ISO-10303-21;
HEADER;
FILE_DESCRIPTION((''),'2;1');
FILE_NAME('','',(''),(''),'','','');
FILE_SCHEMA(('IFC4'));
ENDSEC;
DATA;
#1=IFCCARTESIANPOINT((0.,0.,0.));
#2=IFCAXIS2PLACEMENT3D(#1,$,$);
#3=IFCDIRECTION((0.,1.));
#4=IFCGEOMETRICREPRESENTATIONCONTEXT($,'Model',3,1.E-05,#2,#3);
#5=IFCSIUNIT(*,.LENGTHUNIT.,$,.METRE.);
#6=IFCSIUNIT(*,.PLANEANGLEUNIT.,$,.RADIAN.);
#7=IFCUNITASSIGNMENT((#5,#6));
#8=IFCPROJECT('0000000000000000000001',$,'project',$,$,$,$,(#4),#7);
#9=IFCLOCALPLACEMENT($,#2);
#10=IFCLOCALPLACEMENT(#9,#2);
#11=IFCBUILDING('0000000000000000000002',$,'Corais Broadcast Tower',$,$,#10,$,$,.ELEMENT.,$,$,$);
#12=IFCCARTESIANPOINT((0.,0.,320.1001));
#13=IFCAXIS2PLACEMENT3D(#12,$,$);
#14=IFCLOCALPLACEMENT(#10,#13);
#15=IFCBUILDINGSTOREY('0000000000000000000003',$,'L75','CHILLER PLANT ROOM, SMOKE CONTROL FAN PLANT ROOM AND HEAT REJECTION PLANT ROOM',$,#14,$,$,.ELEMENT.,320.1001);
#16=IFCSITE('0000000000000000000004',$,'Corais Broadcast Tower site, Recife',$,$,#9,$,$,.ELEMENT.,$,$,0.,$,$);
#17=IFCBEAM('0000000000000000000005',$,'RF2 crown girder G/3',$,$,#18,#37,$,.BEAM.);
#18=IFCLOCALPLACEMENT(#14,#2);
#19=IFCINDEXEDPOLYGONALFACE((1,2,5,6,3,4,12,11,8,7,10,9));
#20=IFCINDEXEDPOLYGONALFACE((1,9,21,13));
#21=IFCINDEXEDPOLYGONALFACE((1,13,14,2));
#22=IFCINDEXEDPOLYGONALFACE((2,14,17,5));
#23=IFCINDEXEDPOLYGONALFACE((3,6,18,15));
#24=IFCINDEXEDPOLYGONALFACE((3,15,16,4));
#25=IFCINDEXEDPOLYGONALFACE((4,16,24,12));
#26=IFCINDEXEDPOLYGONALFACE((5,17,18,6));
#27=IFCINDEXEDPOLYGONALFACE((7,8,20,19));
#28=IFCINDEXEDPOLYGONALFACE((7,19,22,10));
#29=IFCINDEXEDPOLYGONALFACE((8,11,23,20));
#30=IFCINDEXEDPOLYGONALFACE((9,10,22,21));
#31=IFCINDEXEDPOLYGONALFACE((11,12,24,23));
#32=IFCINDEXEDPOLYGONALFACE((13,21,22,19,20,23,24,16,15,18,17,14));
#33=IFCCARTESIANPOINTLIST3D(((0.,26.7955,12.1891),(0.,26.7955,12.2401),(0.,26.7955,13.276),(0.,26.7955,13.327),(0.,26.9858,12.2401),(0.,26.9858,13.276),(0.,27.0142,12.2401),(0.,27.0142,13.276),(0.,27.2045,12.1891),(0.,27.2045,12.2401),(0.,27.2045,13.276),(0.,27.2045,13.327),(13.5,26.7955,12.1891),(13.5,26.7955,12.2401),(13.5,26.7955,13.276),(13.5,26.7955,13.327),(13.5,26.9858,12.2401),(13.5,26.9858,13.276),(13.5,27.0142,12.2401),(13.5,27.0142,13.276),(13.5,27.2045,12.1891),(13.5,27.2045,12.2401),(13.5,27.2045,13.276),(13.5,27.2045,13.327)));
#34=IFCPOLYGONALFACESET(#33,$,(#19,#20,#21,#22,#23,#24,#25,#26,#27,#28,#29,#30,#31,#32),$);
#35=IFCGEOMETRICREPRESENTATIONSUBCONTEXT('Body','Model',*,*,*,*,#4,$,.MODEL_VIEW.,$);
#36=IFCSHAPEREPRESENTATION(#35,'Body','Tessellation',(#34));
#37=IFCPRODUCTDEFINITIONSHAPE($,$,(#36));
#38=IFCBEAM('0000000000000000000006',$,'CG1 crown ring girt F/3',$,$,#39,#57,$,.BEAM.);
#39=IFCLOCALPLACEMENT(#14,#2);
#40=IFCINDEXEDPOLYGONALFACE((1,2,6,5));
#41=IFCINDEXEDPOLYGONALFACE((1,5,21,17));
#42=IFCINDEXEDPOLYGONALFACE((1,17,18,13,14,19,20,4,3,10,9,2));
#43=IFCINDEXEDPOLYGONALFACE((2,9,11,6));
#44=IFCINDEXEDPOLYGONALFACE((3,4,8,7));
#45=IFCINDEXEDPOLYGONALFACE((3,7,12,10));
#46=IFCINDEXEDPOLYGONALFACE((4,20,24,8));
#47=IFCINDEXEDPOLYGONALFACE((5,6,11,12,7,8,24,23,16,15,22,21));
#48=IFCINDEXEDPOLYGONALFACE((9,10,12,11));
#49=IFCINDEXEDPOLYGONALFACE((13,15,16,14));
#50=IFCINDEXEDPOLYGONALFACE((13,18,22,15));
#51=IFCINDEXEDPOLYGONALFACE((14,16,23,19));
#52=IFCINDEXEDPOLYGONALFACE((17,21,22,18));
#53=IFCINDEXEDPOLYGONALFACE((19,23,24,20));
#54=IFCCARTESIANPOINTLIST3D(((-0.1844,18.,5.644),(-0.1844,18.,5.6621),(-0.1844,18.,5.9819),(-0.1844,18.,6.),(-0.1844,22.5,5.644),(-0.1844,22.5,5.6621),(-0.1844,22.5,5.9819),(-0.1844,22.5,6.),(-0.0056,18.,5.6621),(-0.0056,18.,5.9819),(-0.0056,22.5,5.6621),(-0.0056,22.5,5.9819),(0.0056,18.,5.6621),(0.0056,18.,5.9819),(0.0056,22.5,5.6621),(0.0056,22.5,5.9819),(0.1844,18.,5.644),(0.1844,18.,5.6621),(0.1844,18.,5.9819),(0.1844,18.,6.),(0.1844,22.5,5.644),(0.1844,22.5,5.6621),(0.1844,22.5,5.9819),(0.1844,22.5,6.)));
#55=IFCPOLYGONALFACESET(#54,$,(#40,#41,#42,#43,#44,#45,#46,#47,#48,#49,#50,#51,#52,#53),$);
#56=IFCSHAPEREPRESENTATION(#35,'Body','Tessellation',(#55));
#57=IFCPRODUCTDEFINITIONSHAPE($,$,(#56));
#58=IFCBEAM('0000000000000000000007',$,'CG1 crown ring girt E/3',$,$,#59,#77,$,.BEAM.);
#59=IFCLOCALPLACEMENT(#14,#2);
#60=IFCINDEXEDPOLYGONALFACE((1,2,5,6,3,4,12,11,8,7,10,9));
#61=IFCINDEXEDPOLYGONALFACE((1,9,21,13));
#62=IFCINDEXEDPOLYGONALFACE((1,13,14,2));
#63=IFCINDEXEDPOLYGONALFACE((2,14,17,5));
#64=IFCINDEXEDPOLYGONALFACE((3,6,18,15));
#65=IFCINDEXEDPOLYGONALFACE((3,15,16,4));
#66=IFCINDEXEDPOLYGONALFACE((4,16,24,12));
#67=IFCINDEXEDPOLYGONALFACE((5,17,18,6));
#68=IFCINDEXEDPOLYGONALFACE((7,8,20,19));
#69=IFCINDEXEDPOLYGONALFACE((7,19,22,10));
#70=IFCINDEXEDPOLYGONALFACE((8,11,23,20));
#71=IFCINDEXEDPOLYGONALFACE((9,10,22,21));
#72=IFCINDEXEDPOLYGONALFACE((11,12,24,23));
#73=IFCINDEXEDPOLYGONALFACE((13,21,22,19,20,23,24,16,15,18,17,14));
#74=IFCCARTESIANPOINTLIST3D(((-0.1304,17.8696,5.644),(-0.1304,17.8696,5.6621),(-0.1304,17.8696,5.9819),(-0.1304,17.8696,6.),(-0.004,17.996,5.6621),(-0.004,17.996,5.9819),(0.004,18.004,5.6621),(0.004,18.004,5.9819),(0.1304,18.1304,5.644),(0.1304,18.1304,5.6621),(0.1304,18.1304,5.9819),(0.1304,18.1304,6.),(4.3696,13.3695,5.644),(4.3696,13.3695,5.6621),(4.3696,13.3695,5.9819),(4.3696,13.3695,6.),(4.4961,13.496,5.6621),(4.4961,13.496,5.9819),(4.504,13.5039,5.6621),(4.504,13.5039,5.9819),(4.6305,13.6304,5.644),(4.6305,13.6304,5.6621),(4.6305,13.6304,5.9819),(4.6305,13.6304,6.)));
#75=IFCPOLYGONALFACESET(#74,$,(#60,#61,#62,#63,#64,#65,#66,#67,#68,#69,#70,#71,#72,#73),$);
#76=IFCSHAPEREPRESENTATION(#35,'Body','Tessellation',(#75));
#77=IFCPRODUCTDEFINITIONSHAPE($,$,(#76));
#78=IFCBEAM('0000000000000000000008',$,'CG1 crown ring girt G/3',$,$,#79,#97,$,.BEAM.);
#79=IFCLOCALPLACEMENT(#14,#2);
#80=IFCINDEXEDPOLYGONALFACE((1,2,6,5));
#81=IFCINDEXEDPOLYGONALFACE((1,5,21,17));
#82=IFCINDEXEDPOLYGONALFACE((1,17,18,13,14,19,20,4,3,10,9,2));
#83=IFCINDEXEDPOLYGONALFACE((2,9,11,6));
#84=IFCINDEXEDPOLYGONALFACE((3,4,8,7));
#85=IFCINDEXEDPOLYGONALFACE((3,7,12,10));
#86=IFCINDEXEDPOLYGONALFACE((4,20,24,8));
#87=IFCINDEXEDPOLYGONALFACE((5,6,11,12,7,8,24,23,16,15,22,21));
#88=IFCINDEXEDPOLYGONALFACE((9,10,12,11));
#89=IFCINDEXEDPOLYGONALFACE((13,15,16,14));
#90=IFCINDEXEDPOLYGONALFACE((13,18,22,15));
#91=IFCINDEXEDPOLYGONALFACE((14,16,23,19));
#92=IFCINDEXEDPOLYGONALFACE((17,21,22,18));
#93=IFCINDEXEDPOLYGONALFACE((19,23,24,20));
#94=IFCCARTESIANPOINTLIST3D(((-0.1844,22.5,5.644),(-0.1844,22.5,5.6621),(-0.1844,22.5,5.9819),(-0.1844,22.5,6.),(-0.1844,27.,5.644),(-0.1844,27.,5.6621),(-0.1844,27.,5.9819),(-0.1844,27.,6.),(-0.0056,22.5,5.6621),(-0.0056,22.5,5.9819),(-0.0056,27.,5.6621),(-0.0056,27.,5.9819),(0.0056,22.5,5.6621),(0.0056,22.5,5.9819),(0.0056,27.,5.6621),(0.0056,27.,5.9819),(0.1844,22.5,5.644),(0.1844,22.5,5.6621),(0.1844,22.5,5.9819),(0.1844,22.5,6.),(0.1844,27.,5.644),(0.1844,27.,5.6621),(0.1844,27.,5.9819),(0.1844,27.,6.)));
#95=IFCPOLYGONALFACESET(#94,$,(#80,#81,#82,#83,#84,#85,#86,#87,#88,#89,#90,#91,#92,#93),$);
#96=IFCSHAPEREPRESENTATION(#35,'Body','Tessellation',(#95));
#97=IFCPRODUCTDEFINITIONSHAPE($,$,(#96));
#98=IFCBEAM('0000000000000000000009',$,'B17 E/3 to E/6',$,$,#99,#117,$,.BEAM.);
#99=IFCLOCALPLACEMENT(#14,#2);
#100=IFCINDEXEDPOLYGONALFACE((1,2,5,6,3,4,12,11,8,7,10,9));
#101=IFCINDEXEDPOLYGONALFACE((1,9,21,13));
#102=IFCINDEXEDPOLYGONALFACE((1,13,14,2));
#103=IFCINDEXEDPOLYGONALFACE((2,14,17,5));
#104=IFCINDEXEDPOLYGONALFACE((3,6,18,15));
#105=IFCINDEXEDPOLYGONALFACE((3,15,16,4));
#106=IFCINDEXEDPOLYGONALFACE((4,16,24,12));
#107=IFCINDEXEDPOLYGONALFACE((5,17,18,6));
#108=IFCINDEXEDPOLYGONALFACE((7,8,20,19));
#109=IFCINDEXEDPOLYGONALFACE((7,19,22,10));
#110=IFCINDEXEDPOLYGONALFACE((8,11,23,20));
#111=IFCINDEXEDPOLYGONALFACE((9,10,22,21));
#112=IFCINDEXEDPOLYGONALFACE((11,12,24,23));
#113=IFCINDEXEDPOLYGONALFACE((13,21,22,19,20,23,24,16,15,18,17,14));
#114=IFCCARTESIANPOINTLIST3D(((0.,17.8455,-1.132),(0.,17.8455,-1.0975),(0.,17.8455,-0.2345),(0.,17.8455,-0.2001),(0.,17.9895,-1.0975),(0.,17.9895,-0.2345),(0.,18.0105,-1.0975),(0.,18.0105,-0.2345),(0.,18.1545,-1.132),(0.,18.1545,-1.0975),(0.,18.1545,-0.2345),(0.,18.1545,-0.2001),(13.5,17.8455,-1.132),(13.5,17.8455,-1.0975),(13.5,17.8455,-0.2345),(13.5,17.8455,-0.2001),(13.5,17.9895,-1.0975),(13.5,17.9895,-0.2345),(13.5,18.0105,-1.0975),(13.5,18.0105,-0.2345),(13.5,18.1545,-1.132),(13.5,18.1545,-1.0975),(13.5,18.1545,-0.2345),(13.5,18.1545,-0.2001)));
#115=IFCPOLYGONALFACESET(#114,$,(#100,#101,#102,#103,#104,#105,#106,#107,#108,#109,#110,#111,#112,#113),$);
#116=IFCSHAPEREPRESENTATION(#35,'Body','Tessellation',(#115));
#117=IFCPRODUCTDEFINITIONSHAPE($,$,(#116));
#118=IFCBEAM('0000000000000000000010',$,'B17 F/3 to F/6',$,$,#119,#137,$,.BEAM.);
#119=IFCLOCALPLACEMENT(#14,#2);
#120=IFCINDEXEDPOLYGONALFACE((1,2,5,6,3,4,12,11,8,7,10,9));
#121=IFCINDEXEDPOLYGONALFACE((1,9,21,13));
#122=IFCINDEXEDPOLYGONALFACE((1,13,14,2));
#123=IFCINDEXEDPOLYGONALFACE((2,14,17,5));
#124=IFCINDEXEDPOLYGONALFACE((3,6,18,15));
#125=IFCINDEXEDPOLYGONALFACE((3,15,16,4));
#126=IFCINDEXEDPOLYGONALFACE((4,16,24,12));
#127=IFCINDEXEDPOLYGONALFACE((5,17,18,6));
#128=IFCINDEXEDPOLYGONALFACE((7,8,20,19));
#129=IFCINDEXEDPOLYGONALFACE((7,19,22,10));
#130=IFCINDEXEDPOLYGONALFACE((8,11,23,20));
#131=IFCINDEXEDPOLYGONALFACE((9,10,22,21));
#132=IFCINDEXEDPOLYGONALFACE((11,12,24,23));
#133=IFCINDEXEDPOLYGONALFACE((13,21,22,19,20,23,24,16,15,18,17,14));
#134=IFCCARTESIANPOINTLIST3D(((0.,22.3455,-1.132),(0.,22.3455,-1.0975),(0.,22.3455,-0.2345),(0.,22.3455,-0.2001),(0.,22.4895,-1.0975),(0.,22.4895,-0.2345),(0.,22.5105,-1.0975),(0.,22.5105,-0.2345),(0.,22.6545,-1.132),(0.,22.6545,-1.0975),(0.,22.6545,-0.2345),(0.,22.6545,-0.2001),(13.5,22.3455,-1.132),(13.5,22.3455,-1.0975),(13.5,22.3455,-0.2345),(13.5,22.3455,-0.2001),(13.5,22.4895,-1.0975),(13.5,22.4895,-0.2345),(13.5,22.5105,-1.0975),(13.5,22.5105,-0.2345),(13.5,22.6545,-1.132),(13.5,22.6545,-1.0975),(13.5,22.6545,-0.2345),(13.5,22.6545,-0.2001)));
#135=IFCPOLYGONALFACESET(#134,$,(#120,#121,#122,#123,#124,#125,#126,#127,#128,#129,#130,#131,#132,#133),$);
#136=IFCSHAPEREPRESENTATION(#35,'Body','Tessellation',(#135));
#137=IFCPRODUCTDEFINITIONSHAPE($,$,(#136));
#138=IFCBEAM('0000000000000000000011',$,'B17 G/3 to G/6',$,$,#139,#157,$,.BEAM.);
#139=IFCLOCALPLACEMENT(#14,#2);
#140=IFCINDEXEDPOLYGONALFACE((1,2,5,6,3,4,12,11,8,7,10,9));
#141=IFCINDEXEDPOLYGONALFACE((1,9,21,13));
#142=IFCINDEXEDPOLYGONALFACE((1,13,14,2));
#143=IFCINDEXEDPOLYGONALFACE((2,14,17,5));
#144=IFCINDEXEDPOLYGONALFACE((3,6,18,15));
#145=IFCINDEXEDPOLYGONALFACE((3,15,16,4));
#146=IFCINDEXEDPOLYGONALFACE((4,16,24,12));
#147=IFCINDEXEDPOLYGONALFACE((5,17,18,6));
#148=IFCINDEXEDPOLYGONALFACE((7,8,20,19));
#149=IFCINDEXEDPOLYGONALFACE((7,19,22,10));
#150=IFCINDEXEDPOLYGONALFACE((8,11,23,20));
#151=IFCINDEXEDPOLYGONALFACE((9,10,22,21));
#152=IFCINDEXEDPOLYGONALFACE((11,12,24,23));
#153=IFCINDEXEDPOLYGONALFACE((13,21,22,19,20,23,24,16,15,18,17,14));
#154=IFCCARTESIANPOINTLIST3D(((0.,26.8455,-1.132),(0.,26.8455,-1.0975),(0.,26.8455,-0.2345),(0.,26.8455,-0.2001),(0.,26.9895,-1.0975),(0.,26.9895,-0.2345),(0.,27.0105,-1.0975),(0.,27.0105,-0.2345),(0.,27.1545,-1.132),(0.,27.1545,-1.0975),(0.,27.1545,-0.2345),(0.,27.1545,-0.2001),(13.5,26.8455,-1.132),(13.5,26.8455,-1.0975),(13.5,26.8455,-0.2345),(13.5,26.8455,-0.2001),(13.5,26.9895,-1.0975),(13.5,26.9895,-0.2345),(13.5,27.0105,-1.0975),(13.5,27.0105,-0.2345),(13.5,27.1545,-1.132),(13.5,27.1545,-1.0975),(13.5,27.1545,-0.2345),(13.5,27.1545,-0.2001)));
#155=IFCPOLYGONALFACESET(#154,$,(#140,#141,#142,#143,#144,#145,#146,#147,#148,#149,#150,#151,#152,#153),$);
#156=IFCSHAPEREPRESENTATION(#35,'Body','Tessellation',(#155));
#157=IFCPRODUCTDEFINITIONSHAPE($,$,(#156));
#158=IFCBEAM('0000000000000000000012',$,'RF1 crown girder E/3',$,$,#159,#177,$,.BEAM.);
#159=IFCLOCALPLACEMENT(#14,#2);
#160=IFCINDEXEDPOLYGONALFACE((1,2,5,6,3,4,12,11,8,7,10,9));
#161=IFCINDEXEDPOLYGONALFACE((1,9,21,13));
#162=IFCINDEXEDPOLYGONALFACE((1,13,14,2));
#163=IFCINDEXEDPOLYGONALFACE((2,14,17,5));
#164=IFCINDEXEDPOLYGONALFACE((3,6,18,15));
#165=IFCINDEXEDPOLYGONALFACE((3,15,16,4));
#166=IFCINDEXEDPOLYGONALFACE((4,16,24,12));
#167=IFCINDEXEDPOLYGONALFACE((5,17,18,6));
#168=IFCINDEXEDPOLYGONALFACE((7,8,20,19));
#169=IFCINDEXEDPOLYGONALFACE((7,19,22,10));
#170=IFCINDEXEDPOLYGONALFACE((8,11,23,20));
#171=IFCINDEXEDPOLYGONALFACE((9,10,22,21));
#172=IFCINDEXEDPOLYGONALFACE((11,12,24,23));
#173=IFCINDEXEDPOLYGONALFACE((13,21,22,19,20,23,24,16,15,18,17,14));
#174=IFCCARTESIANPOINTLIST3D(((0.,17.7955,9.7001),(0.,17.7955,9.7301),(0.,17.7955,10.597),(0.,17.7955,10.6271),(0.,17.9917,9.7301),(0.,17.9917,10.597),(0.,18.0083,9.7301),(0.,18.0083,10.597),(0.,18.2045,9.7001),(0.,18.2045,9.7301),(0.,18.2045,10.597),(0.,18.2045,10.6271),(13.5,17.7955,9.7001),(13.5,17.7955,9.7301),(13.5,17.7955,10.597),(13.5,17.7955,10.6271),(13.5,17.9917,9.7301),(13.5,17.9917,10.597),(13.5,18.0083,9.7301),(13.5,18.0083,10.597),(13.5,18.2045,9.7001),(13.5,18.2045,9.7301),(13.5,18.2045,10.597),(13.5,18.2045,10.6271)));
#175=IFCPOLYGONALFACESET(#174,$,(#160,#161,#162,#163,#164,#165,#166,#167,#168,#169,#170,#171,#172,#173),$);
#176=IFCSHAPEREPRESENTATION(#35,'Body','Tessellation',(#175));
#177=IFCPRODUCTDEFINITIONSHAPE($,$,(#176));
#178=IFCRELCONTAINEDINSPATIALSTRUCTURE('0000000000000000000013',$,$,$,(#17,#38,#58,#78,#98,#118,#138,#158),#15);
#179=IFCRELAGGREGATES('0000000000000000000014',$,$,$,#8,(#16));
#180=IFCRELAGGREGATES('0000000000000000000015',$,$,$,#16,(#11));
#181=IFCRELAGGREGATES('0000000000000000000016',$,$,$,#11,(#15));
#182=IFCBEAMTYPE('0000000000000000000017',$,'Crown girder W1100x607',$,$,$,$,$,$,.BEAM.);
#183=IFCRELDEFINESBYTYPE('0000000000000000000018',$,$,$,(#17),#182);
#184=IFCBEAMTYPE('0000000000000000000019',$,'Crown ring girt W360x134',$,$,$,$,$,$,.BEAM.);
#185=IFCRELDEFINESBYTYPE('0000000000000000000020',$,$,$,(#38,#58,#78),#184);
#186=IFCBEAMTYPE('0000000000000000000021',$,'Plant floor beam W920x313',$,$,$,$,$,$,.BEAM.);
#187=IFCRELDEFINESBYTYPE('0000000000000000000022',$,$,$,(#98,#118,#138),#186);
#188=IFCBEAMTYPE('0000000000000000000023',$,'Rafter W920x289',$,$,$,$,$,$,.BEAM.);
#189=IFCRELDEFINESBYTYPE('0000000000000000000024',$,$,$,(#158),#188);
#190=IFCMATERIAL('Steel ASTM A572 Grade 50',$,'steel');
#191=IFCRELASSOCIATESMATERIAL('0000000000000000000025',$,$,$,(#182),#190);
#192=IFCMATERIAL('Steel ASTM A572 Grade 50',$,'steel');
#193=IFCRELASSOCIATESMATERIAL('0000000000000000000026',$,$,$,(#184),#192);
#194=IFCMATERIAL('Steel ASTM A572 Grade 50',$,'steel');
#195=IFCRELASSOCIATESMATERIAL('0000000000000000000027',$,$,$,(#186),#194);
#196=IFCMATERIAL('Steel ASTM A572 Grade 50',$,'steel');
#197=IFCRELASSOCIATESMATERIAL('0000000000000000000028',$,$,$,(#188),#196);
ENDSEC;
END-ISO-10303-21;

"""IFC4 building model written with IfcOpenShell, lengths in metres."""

from ifc_helpers import new_model, si_unit, direction, frame, origin, origin_2d, place, context, subcontext, project, spatial, i_section, extrude, material, material_profile, profile_set, type_object, element, save


model = new_model("IFC4")

# Units and contexts
model_context = context("Model", 3, precision=1e-05, world=origin(), true_north=direction((0.0, 1.0)))
body_context = subcontext(model_context, "Body", "Model", "MODEL_VIEW")
ifc_project = project(units=[si_unit("LENGTHUNIT", "METRE"), si_unit("PLANEANGLEUNIT", "RADIAN")], contexts=[model_context])

# Site, building, storey
site_placement = place(None, origin())
site = spatial("IfcSite", under=ifc_project, at=site_placement, Name="Corais Broadcast Tower site, Recife", CompositionType="ELEMENT", RefElevation=0.0)
building_placement = place(site_placement, origin())
building = spatial("IfcBuilding", under=site, at=building_placement, Name="Corais Broadcast Tower", CompositionType="ELEMENT")
storey_placement = place(building_placement, frame((0.0, 0.0, 320.1001)))
storey = spatial("IfcBuildingStorey", under=building, at=storey_placement, Name="L75", Description="CHILLER PLANT ROOM, SMOKE CONTROL FAN PLANT ROOM AND HEAT REJECTION PLANT ROOM", CompositionType="ELEMENT", Elevation=320.1001)

# Beams
ifc_material_1 = material(Name="Steel ASTM A572 Grade 50", Category="steel")
ifc_material_profile_1 = material_profile(ifc_material_1, i_section(OverallWidth=0.4089, OverallDepth=1.1379, WebThickness=0.0283, FlangeThickness=0.051, at=origin_2d()), Name="W1100x607")
ifc_profile_set_1 = profile_set([ifc_material_profile_1], Name="Steel ASTM A572 Grade 50")
beam_type_1 = type_object("IfcBeamType", Name="Crown girder W1100x607", PredefinedType="BEAM", material=ifc_profile_set_1)
beam_1_placement = place(storey_placement, frame((0.0, 27.0, 12.7581), z_axis=(1.0, 0.0, 0.0), x_axis=(0.0, 1.0, 0.0)))
element("IfcBeam", 1, at=beam_1_placement, inside=storey, type_object=beam_type_1, Name="RF2 crown girder G/3", PredefinedType="BEAM", context=body_context, shape_type="SweptSolid", body=[
    extrude(i_section(OverallWidth=0.4089, OverallDepth=1.1379, WebThickness=0.0283, FlangeThickness=0.051, at=origin_2d()), origin(), (0.0, 0.0, 1.0), 13.5),
])
ifc_material_2 = material(Name="Steel ASTM A572 Grade 50", Category="steel")
ifc_material_profile_2 = material_profile(ifc_material_2, i_section(OverallWidth=0.3689, OverallDepth=0.356, WebThickness=0.0112, FlangeThickness=0.0181, at=origin_2d()), Name="W360x134")
ifc_profile_set_2 = profile_set([ifc_material_profile_2], Name="Steel ASTM A572 Grade 50")
beam_type_2 = type_object("IfcBeamType", Name="Crown ring girt W360x134", PredefinedType="BEAM", material=ifc_profile_set_2)
beam_2_placement = place(storey_placement, frame((0.0, 22.5, 5.822), z_axis=(0.0, -1.0, 0.0), x_axis=(1.0, 0.0, 0.0)))
element("IfcBeam", 2, at=beam_2_placement, inside=storey, type_object=beam_type_2, Name="CG1 crown ring girt F/3", PredefinedType="BEAM", context=body_context, shape_type="SweptSolid", body=[
    extrude(i_section(OverallWidth=0.3689, OverallDepth=0.356, WebThickness=0.0112, FlangeThickness=0.0181, at=origin_2d()), origin(), (0.0, 0.0, 1.0), 4.5),
])
beam_3_placement = place(storey_placement, frame((0.0, 18.0, 5.822), z_axis=(0.707107, -0.707107, 0.0), x_axis=(0.707107, 0.707107, 0.0)))
element("IfcBeam", 3, at=beam_3_placement, inside=storey, type_object=beam_type_2, Name="CG1 crown ring girt E/3", PredefinedType="BEAM", context=body_context, shape_type="SweptSolid", body=[
    extrude(i_section(OverallWidth=0.3689, OverallDepth=0.356, WebThickness=0.0112, FlangeThickness=0.0181, at=origin_2d()), origin(), (0.0, 0.0, 1.0), 6.364),
])
beam_4_placement = place(storey_placement, frame((0.0, 27.0, 5.822), z_axis=(0.0, -1.0, 0.0), x_axis=(1.0, 0.0, 0.0)))
element("IfcBeam", 4, at=beam_4_placement, inside=storey, type_object=beam_type_2, Name="CG1 crown ring girt G/3", PredefinedType="BEAM", context=body_context, shape_type="SweptSolid", body=[
    extrude(i_section(OverallWidth=0.3689, OverallDepth=0.356, WebThickness=0.0112, FlangeThickness=0.0181, at=origin_2d()), origin(), (0.0, 0.0, 1.0), 4.5),
])
ifc_material_3 = material(Name="Steel ASTM A572 Grade 50", Category="steel")
ifc_material_profile_3 = material_profile(ifc_material_3, i_section(OverallWidth=0.3091, OverallDepth=0.9319, WebThickness=0.021, FlangeThickness=0.0344, at=origin_2d()), Name="W920x313")
ifc_profile_set_3 = profile_set([ifc_material_profile_3], Name="Steel ASTM A572 Grade 50")
beam_type_3 = type_object("IfcBeamType", Name="Plant floor beam W920x313", PredefinedType="BEAM", material=ifc_profile_set_3)
for number, where, z_axis, x_axis, name in (
    (5, (0.0, 18.0, -0.666), (1.0, 0.0, 0.0), (0.0, 1.0, 0.0), "B17 E/3 to E/6"),
    (6, (0.0, 22.5, -0.666), (1.0, 0.0, 0.0), (0.0, 1.0, 0.0), "B17 F/3 to F/6"),
    (7, (0.0, 27.0, -0.666), (1.0, 0.0, 0.0), (0.0, 1.0, 0.0), "B17 G/3 to G/6"),
):
    element("IfcBeam", number, at=place(storey_placement, frame(where, z_axis=z_axis, x_axis=x_axis)), inside=storey, type_object=beam_type_3, Name=name, PredefinedType="BEAM", context=body_context, shape_type="SweptSolid", body=[
        extrude(i_section(OverallWidth=0.3091, OverallDepth=0.9319, WebThickness=0.021, FlangeThickness=0.0344, at=origin_2d()), origin(), (0.0, 0.0, 1.0), 13.5),
    ])
ifc_material_4 = material(Name="Steel ASTM A572 Grade 50", Category="steel")
ifc_material_profile_4 = material_profile(ifc_material_4, i_section(OverallWidth=0.4089, OverallDepth=0.927, WebThickness=0.0166, FlangeThickness=0.03, at=origin_2d()), Name="W920x289")
ifc_profile_set_4 = profile_set([ifc_material_profile_4], Name="Steel ASTM A572 Grade 50")
beam_type_4 = type_object("IfcBeamType", Name="Rafter W920x289", PredefinedType="BEAM", material=ifc_profile_set_4)
beam_5_placement = place(storey_placement, frame((0.0, 18.0, 10.1636), z_axis=(1.0, 0.0, 0.0), x_axis=(0.0, 1.0, 0.0)))
element("IfcBeam", 8, at=beam_5_placement, inside=storey, type_object=beam_type_4, Name="RF1 crown girder E/3", PredefinedType="BEAM", context=body_context, shape_type="SweptSolid", body=[
    extrude(i_section(OverallWidth=0.4089, OverallDepth=0.927, WebThickness=0.0166, FlangeThickness=0.03, at=origin_2d()), origin(), (0.0, 0.0, 1.0), 13.5),
])

save(model, "model.ifc")
